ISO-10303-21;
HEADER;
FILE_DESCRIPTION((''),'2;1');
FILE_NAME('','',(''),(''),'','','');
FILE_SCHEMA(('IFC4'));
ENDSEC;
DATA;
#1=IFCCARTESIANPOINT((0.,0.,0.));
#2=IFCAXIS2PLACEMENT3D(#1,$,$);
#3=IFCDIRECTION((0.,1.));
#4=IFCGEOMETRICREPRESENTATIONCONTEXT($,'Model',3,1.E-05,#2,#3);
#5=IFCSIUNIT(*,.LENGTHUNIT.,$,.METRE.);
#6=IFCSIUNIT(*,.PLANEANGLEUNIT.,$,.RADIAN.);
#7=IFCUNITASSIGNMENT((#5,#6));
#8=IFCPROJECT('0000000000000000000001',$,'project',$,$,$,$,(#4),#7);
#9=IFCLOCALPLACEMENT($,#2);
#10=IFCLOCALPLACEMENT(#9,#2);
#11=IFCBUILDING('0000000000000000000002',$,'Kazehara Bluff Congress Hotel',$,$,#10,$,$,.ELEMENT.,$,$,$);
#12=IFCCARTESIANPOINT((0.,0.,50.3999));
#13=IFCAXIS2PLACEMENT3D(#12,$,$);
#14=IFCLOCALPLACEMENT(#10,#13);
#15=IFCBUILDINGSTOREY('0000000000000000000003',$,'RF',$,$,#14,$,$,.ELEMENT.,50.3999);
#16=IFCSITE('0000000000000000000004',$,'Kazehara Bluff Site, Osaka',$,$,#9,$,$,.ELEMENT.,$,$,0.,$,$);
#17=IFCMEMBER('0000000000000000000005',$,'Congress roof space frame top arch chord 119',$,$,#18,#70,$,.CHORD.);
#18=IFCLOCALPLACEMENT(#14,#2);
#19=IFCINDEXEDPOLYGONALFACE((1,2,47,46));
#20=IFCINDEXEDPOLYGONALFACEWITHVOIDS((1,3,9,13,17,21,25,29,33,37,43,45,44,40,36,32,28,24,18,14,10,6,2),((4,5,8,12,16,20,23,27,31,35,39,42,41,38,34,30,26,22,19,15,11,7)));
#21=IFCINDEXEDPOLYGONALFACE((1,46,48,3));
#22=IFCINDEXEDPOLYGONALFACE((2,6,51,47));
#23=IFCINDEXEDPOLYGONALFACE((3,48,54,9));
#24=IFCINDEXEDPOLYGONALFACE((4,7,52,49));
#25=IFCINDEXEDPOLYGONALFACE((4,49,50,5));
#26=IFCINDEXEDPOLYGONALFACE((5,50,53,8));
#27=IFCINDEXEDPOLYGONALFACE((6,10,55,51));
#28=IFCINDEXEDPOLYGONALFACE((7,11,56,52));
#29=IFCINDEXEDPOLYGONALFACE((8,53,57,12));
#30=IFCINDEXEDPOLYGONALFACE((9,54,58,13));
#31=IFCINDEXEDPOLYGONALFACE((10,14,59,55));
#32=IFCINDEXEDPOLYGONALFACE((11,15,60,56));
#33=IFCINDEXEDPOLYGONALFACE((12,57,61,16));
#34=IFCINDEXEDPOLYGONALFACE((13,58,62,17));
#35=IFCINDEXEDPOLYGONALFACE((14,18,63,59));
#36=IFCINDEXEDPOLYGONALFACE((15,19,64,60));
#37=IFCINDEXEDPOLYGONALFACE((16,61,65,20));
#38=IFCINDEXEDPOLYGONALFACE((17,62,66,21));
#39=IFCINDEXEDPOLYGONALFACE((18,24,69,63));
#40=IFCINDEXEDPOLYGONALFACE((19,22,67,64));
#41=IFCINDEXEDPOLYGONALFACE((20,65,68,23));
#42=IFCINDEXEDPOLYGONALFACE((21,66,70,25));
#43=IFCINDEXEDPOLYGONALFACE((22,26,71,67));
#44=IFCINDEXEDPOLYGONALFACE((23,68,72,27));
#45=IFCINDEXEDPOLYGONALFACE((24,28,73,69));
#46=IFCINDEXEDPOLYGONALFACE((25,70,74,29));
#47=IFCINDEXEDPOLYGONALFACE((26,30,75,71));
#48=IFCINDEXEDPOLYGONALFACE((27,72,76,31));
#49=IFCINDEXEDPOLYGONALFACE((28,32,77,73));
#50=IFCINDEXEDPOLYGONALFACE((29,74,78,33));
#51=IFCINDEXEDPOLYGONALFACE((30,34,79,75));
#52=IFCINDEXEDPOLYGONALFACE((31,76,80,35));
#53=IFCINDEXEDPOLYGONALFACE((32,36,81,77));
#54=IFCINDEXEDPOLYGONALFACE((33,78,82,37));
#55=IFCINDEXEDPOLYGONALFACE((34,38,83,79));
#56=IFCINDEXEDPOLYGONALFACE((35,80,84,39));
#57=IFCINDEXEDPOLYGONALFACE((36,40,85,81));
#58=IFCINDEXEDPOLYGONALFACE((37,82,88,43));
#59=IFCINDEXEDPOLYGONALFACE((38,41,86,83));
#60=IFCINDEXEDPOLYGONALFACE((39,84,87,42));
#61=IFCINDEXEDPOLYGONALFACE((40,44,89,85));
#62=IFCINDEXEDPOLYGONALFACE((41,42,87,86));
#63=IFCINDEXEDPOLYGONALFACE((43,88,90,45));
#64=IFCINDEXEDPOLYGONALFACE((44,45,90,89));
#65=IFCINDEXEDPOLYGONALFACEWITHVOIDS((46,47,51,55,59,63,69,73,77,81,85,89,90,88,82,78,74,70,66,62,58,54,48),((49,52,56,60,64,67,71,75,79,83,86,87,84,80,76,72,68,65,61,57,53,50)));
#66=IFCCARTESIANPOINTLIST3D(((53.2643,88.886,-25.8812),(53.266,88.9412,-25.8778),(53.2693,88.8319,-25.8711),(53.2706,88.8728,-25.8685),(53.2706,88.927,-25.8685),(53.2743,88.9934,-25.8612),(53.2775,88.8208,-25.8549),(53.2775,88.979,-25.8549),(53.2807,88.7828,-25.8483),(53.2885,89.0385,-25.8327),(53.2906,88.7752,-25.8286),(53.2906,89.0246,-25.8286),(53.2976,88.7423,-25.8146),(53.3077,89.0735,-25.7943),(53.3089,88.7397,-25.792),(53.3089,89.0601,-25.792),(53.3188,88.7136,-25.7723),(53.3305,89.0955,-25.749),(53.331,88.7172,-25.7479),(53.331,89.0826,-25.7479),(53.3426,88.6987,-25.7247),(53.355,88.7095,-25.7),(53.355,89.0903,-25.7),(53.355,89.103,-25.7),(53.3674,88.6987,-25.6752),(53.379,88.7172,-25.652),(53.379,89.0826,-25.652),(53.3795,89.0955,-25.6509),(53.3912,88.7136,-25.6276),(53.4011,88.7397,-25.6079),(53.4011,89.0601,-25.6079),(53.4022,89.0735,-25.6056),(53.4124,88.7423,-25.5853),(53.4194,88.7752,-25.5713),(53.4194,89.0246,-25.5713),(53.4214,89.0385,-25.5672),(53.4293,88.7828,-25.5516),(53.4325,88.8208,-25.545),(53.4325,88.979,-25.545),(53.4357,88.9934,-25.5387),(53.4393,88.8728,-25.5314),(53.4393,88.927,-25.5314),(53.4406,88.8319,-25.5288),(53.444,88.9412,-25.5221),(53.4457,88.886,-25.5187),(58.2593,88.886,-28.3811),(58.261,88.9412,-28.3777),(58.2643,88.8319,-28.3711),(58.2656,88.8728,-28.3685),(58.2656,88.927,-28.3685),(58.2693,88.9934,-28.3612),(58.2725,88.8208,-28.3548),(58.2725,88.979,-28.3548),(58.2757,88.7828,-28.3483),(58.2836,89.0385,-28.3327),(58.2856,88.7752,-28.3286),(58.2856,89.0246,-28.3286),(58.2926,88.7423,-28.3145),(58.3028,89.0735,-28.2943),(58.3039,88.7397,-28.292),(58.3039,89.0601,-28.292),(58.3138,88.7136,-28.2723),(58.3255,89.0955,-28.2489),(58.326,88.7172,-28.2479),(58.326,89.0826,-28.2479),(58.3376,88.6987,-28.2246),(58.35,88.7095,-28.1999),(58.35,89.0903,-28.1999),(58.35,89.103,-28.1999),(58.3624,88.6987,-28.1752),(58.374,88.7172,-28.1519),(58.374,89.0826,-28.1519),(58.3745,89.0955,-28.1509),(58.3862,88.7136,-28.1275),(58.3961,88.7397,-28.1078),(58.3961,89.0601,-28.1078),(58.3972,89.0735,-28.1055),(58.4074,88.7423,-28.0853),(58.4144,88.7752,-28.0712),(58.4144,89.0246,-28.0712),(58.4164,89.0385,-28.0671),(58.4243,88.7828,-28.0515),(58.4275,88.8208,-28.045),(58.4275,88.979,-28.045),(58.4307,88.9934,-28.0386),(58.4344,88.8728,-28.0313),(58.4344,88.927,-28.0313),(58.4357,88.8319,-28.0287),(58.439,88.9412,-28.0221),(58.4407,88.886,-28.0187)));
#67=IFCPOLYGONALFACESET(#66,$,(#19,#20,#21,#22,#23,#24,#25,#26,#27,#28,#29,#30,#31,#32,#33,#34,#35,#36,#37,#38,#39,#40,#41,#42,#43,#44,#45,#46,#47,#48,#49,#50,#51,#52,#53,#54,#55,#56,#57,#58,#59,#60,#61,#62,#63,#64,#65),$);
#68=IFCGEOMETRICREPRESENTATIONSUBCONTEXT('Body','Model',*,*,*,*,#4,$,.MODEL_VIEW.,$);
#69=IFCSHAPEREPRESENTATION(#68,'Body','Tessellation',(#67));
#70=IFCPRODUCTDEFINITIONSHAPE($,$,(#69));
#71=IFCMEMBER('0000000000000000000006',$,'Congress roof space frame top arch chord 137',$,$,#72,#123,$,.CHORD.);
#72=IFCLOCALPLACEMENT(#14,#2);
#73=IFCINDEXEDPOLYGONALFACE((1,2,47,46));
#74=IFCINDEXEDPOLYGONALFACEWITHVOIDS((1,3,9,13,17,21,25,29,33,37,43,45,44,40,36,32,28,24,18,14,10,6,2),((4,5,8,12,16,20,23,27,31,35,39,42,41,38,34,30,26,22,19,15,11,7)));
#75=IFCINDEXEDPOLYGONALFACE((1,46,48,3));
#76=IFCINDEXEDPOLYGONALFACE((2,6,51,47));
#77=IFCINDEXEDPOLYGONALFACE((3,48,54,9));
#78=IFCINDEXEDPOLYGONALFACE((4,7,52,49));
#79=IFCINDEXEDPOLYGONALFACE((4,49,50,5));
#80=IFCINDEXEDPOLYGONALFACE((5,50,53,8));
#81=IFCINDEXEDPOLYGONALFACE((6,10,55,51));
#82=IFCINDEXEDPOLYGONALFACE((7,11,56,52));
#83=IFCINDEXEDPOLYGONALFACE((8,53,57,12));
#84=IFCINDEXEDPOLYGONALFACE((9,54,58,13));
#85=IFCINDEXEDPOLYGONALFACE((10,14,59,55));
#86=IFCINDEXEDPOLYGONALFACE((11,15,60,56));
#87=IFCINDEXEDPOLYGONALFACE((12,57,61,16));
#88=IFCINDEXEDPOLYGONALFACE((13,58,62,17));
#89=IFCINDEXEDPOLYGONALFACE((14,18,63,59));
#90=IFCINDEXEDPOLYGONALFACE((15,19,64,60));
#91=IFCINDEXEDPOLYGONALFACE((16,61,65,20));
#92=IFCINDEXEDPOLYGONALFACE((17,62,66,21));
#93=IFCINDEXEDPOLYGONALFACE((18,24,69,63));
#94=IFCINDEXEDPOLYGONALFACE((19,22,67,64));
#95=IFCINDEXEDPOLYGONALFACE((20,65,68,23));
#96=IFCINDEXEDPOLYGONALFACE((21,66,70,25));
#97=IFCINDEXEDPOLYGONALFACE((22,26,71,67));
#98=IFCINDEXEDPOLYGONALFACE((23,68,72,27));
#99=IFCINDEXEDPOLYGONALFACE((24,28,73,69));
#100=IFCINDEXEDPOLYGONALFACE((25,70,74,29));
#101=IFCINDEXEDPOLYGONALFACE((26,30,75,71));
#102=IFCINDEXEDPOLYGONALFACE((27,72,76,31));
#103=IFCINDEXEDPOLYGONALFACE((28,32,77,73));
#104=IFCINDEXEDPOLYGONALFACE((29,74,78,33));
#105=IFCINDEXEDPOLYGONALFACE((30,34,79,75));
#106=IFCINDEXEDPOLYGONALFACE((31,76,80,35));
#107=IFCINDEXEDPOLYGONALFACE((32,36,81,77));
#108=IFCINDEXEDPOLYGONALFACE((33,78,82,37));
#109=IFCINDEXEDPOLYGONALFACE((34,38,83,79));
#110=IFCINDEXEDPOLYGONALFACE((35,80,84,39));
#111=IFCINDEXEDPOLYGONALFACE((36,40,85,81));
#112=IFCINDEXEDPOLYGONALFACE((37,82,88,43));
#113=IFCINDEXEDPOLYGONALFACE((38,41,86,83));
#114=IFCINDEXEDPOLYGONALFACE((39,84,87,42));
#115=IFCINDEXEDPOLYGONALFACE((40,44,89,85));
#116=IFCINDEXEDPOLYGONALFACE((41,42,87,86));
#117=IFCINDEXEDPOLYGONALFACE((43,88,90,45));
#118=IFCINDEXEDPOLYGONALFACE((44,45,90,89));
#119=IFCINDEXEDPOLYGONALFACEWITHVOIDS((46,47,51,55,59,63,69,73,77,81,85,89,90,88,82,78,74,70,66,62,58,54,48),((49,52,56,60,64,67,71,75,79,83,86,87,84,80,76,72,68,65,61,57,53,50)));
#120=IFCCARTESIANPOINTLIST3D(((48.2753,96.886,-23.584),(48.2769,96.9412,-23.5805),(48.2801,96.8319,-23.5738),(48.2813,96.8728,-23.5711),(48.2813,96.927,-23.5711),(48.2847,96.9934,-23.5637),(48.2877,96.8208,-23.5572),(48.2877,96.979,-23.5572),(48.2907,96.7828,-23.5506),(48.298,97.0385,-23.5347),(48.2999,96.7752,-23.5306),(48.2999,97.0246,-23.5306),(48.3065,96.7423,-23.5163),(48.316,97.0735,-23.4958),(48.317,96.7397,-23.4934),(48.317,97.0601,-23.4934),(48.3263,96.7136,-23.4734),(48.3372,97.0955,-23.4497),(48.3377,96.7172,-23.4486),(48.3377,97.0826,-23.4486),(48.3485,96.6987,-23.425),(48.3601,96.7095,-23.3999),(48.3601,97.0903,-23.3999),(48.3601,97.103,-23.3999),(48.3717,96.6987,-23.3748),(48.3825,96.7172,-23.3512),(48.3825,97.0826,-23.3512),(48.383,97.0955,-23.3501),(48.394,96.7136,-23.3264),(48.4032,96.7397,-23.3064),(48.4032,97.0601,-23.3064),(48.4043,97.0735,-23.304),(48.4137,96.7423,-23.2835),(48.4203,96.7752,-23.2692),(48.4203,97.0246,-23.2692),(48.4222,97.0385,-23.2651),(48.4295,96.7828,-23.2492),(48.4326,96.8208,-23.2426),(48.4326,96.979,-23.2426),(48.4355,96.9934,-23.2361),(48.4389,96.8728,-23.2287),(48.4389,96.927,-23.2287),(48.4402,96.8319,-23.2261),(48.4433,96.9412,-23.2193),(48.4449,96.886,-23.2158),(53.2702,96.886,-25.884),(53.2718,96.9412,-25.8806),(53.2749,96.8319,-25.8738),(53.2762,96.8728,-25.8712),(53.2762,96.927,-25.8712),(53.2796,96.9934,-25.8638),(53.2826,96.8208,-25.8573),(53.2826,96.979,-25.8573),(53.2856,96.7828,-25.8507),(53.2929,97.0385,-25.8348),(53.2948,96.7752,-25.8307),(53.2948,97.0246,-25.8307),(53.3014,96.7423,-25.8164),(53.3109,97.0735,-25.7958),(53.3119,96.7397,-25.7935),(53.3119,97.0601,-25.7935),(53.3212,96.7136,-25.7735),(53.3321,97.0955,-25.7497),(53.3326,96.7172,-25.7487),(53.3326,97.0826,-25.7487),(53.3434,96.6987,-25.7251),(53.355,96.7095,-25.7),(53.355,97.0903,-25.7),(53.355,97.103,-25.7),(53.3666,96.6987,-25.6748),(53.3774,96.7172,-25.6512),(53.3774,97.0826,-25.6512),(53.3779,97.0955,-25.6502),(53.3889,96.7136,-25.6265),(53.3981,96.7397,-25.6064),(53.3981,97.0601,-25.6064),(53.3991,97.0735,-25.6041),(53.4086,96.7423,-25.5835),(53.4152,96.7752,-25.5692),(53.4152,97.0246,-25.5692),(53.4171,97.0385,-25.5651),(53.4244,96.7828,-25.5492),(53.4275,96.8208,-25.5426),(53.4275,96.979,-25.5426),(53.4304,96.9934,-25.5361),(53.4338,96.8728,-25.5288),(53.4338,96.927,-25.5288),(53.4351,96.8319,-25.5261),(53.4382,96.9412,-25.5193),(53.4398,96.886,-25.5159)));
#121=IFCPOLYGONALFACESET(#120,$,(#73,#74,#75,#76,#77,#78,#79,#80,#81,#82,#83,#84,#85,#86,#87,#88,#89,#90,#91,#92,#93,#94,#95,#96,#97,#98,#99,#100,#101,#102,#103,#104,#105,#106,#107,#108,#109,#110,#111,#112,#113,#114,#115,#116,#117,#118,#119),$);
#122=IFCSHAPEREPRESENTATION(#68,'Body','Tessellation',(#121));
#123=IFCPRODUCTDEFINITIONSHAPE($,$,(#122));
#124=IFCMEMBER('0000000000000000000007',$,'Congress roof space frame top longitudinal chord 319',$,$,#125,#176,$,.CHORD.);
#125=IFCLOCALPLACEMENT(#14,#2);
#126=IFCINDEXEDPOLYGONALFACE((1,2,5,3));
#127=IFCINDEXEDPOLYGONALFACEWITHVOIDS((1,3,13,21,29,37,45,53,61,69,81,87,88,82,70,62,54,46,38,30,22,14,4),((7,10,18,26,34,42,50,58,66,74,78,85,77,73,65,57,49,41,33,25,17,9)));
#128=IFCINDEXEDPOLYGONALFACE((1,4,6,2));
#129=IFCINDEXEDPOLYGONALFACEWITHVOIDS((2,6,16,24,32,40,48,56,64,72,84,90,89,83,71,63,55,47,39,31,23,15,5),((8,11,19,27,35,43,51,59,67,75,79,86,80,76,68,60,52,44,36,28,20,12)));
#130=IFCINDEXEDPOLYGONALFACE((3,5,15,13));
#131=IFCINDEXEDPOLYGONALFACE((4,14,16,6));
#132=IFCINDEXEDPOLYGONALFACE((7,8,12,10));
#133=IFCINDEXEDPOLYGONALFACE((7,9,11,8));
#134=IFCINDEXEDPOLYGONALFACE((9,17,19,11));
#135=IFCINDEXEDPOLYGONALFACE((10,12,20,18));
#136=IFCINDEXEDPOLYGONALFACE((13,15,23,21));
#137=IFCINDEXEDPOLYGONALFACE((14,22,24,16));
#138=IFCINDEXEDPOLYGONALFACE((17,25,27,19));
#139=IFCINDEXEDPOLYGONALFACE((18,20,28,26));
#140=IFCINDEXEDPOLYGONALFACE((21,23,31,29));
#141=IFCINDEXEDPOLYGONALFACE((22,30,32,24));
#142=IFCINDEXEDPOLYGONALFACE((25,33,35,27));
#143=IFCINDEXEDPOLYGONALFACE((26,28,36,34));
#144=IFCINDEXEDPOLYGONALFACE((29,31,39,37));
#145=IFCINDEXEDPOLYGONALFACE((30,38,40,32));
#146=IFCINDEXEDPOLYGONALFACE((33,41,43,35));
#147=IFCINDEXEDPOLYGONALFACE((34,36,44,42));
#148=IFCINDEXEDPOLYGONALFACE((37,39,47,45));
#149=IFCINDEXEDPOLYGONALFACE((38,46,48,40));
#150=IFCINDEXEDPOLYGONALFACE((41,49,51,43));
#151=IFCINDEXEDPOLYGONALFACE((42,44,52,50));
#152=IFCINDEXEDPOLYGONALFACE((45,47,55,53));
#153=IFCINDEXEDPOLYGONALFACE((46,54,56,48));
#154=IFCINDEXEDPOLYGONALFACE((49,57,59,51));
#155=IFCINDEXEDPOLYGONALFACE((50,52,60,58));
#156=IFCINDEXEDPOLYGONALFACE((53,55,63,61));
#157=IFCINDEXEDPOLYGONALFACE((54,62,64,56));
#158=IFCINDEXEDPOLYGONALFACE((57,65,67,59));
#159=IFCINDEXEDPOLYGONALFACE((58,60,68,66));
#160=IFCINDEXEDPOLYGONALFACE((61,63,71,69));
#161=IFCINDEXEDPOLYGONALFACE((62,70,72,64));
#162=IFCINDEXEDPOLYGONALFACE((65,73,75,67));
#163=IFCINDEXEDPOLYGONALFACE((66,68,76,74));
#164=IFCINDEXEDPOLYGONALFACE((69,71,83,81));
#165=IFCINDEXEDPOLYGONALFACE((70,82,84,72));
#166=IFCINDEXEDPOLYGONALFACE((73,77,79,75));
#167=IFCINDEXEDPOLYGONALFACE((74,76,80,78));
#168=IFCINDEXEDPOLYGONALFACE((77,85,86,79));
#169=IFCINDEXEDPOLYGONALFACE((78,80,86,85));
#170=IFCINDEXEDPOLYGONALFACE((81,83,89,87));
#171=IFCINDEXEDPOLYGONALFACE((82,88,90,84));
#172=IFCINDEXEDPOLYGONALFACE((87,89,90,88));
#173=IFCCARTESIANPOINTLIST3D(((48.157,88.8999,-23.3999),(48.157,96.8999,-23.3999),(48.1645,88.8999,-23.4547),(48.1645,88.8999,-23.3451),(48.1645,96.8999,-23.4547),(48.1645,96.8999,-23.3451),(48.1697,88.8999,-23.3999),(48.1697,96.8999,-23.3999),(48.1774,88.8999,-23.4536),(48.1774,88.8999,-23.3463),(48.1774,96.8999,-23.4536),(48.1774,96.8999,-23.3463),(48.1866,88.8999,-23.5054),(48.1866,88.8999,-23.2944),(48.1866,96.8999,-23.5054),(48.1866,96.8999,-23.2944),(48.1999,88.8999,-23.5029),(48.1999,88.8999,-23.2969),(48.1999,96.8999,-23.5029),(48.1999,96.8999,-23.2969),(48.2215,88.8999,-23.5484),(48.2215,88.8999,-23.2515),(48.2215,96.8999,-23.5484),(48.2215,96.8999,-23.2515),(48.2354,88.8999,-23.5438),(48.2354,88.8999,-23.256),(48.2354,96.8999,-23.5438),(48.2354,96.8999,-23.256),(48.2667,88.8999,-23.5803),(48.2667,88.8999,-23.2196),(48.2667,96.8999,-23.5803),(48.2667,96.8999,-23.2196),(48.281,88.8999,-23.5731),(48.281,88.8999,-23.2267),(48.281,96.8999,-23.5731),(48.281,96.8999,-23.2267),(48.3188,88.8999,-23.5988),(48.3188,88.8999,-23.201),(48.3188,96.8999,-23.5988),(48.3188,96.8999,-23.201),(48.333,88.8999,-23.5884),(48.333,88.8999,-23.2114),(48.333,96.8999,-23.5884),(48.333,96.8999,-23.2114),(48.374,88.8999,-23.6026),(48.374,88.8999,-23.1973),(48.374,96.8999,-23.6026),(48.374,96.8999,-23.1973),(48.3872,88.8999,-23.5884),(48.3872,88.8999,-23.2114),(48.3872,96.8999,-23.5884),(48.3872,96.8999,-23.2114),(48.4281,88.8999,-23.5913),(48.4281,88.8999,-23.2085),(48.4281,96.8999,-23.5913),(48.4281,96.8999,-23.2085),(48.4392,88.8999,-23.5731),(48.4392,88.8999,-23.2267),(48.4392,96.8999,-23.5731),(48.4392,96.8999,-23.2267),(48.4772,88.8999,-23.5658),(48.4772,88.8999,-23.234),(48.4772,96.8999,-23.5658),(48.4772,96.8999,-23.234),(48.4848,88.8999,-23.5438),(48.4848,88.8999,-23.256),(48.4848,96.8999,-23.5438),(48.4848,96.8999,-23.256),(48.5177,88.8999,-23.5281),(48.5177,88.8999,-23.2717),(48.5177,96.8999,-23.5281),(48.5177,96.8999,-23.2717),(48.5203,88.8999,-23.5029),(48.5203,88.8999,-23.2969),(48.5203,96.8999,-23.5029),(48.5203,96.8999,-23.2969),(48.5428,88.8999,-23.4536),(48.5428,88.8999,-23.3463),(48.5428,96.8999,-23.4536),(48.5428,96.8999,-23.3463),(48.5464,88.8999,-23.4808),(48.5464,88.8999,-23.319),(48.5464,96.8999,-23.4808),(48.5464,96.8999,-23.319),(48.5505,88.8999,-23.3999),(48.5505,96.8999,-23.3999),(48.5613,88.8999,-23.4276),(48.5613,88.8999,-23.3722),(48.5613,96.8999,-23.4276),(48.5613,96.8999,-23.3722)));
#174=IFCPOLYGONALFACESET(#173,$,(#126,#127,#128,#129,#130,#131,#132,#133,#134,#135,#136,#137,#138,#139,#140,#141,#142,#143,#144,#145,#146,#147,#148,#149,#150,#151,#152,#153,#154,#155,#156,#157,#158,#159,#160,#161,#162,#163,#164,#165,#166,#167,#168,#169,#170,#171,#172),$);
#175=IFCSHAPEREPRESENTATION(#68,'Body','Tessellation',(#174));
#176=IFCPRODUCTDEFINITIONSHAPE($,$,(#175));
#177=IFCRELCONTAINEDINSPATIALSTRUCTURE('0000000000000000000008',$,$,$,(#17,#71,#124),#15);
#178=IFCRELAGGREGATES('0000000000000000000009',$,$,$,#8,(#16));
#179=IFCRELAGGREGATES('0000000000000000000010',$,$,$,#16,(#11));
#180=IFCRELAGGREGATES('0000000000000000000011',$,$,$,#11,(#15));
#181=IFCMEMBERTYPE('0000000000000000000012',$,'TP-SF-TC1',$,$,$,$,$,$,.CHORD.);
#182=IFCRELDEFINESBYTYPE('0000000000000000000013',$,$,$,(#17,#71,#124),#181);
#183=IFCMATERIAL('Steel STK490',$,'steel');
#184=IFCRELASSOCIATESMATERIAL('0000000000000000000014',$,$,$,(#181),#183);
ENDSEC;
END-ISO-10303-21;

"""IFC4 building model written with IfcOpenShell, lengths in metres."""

from ifc_helpers import new_model, si_unit, direction, frame, origin, origin_2d, place, context, subcontext, project, spatial, hollow_circle, extrude, material, material_profile, profile_set, type_object, element, save


model = new_model("IFC4")

# Units and contexts
model_context = context("Model", 3, precision=1e-05, world=origin(), true_north=direction((0.0, 1.0)))
body_context = subcontext(model_context, "Body", "Model", "MODEL_VIEW")
ifc_project = project(units=[si_unit("LENGTHUNIT", "METRE"), si_unit("PLANEANGLEUNIT", "RADIAN")], contexts=[model_context])

# Site, building, storey
site_placement = place(None, origin())
site = spatial("IfcSite", under=ifc_project, at=site_placement, Name="Kazehara Bluff Site, Osaka", CompositionType="ELEMENT", RefElevation=0.0)
building_placement = place(site_placement, origin())
building = spatial("IfcBuilding", under=site, at=building_placement, Name="Kazehara Bluff Congress Hotel", CompositionType="ELEMENT")
storey_placement = place(building_placement, frame((0.0, 0.0, 50.3999)))
storey = spatial("IfcBuildingStorey", under=building, at=storey_placement, Name="RF", CompositionType="ELEMENT", Elevation=50.3999)

# Members
ifc_material_1 = material(Name="Steel STK490", Category="steel")
ifc_material_profile_1 = material_profile(ifc_material_1, hollow_circle(Radius=0.2031, WallThickness=0.0127, at=origin_2d()))
ifc_profile_set_1 = profile_set([ifc_material_profile_1], Name="Steel STK490")
member_type_1 = type_object("IfcMemberType", Name="TP-SF-TC1", PredefinedType="CHORD", material=ifc_profile_set_1)
member_1_placement = place(storey_placement, frame((53.355, 88.8999, -25.7), z_axis=(0.894252, 0.0, -0.447563), x_axis=(0.0, 1.0, 0.0)))
element("IfcMember", 1, at=member_1_placement, inside=storey, type_object=member_type_1, Name="Congress roof space frame top arch chord 119", PredefinedType="CHORD", context=body_context, shape_type="SweptSolid", body=[
    extrude(hollow_circle(Radius=0.2031, WallThickness=0.0127, at=origin_2d()), origin(), (0.0, 0.0, 1.0), 5.5857),
])
member_2_placement = place(storey_placement, frame((48.3601, 96.8999, -23.3999), z_axis=(0.908324, 0.0, -0.418267), x_axis=(0.0, 1.0, 0.0)))
element("IfcMember", 2, at=member_2_placement, inside=storey, type_object=member_type_1, Name="Congress roof space frame top arch chord 137", PredefinedType="CHORD", context=body_context, shape_type="SweptSolid", body=[
    extrude(hollow_circle(Radius=0.2031, WallThickness=0.0127, at=origin_2d()), origin(), (0.0, 0.0, 1.0), 5.499),
])
member_3_placement = place(storey_placement, frame((48.3601, 88.8999, -23.3999), z_axis=(0.0, 1.0, 0.0), x_axis=(-1.0, 0.0, 0.0)))
element("IfcMember", 3, at=member_3_placement, inside=storey, type_object=member_type_1, Name="Congress roof space frame top longitudinal chord 319", PredefinedType="CHORD", context=body_context, shape_type="SweptSolid", body=[
    extrude(hollow_circle(Radius=0.2031, WallThickness=0.0127, at=origin_2d()), origin(), (0.0, 0.0, 1.0), 8.0),
])

save(model, "model.ifc")
